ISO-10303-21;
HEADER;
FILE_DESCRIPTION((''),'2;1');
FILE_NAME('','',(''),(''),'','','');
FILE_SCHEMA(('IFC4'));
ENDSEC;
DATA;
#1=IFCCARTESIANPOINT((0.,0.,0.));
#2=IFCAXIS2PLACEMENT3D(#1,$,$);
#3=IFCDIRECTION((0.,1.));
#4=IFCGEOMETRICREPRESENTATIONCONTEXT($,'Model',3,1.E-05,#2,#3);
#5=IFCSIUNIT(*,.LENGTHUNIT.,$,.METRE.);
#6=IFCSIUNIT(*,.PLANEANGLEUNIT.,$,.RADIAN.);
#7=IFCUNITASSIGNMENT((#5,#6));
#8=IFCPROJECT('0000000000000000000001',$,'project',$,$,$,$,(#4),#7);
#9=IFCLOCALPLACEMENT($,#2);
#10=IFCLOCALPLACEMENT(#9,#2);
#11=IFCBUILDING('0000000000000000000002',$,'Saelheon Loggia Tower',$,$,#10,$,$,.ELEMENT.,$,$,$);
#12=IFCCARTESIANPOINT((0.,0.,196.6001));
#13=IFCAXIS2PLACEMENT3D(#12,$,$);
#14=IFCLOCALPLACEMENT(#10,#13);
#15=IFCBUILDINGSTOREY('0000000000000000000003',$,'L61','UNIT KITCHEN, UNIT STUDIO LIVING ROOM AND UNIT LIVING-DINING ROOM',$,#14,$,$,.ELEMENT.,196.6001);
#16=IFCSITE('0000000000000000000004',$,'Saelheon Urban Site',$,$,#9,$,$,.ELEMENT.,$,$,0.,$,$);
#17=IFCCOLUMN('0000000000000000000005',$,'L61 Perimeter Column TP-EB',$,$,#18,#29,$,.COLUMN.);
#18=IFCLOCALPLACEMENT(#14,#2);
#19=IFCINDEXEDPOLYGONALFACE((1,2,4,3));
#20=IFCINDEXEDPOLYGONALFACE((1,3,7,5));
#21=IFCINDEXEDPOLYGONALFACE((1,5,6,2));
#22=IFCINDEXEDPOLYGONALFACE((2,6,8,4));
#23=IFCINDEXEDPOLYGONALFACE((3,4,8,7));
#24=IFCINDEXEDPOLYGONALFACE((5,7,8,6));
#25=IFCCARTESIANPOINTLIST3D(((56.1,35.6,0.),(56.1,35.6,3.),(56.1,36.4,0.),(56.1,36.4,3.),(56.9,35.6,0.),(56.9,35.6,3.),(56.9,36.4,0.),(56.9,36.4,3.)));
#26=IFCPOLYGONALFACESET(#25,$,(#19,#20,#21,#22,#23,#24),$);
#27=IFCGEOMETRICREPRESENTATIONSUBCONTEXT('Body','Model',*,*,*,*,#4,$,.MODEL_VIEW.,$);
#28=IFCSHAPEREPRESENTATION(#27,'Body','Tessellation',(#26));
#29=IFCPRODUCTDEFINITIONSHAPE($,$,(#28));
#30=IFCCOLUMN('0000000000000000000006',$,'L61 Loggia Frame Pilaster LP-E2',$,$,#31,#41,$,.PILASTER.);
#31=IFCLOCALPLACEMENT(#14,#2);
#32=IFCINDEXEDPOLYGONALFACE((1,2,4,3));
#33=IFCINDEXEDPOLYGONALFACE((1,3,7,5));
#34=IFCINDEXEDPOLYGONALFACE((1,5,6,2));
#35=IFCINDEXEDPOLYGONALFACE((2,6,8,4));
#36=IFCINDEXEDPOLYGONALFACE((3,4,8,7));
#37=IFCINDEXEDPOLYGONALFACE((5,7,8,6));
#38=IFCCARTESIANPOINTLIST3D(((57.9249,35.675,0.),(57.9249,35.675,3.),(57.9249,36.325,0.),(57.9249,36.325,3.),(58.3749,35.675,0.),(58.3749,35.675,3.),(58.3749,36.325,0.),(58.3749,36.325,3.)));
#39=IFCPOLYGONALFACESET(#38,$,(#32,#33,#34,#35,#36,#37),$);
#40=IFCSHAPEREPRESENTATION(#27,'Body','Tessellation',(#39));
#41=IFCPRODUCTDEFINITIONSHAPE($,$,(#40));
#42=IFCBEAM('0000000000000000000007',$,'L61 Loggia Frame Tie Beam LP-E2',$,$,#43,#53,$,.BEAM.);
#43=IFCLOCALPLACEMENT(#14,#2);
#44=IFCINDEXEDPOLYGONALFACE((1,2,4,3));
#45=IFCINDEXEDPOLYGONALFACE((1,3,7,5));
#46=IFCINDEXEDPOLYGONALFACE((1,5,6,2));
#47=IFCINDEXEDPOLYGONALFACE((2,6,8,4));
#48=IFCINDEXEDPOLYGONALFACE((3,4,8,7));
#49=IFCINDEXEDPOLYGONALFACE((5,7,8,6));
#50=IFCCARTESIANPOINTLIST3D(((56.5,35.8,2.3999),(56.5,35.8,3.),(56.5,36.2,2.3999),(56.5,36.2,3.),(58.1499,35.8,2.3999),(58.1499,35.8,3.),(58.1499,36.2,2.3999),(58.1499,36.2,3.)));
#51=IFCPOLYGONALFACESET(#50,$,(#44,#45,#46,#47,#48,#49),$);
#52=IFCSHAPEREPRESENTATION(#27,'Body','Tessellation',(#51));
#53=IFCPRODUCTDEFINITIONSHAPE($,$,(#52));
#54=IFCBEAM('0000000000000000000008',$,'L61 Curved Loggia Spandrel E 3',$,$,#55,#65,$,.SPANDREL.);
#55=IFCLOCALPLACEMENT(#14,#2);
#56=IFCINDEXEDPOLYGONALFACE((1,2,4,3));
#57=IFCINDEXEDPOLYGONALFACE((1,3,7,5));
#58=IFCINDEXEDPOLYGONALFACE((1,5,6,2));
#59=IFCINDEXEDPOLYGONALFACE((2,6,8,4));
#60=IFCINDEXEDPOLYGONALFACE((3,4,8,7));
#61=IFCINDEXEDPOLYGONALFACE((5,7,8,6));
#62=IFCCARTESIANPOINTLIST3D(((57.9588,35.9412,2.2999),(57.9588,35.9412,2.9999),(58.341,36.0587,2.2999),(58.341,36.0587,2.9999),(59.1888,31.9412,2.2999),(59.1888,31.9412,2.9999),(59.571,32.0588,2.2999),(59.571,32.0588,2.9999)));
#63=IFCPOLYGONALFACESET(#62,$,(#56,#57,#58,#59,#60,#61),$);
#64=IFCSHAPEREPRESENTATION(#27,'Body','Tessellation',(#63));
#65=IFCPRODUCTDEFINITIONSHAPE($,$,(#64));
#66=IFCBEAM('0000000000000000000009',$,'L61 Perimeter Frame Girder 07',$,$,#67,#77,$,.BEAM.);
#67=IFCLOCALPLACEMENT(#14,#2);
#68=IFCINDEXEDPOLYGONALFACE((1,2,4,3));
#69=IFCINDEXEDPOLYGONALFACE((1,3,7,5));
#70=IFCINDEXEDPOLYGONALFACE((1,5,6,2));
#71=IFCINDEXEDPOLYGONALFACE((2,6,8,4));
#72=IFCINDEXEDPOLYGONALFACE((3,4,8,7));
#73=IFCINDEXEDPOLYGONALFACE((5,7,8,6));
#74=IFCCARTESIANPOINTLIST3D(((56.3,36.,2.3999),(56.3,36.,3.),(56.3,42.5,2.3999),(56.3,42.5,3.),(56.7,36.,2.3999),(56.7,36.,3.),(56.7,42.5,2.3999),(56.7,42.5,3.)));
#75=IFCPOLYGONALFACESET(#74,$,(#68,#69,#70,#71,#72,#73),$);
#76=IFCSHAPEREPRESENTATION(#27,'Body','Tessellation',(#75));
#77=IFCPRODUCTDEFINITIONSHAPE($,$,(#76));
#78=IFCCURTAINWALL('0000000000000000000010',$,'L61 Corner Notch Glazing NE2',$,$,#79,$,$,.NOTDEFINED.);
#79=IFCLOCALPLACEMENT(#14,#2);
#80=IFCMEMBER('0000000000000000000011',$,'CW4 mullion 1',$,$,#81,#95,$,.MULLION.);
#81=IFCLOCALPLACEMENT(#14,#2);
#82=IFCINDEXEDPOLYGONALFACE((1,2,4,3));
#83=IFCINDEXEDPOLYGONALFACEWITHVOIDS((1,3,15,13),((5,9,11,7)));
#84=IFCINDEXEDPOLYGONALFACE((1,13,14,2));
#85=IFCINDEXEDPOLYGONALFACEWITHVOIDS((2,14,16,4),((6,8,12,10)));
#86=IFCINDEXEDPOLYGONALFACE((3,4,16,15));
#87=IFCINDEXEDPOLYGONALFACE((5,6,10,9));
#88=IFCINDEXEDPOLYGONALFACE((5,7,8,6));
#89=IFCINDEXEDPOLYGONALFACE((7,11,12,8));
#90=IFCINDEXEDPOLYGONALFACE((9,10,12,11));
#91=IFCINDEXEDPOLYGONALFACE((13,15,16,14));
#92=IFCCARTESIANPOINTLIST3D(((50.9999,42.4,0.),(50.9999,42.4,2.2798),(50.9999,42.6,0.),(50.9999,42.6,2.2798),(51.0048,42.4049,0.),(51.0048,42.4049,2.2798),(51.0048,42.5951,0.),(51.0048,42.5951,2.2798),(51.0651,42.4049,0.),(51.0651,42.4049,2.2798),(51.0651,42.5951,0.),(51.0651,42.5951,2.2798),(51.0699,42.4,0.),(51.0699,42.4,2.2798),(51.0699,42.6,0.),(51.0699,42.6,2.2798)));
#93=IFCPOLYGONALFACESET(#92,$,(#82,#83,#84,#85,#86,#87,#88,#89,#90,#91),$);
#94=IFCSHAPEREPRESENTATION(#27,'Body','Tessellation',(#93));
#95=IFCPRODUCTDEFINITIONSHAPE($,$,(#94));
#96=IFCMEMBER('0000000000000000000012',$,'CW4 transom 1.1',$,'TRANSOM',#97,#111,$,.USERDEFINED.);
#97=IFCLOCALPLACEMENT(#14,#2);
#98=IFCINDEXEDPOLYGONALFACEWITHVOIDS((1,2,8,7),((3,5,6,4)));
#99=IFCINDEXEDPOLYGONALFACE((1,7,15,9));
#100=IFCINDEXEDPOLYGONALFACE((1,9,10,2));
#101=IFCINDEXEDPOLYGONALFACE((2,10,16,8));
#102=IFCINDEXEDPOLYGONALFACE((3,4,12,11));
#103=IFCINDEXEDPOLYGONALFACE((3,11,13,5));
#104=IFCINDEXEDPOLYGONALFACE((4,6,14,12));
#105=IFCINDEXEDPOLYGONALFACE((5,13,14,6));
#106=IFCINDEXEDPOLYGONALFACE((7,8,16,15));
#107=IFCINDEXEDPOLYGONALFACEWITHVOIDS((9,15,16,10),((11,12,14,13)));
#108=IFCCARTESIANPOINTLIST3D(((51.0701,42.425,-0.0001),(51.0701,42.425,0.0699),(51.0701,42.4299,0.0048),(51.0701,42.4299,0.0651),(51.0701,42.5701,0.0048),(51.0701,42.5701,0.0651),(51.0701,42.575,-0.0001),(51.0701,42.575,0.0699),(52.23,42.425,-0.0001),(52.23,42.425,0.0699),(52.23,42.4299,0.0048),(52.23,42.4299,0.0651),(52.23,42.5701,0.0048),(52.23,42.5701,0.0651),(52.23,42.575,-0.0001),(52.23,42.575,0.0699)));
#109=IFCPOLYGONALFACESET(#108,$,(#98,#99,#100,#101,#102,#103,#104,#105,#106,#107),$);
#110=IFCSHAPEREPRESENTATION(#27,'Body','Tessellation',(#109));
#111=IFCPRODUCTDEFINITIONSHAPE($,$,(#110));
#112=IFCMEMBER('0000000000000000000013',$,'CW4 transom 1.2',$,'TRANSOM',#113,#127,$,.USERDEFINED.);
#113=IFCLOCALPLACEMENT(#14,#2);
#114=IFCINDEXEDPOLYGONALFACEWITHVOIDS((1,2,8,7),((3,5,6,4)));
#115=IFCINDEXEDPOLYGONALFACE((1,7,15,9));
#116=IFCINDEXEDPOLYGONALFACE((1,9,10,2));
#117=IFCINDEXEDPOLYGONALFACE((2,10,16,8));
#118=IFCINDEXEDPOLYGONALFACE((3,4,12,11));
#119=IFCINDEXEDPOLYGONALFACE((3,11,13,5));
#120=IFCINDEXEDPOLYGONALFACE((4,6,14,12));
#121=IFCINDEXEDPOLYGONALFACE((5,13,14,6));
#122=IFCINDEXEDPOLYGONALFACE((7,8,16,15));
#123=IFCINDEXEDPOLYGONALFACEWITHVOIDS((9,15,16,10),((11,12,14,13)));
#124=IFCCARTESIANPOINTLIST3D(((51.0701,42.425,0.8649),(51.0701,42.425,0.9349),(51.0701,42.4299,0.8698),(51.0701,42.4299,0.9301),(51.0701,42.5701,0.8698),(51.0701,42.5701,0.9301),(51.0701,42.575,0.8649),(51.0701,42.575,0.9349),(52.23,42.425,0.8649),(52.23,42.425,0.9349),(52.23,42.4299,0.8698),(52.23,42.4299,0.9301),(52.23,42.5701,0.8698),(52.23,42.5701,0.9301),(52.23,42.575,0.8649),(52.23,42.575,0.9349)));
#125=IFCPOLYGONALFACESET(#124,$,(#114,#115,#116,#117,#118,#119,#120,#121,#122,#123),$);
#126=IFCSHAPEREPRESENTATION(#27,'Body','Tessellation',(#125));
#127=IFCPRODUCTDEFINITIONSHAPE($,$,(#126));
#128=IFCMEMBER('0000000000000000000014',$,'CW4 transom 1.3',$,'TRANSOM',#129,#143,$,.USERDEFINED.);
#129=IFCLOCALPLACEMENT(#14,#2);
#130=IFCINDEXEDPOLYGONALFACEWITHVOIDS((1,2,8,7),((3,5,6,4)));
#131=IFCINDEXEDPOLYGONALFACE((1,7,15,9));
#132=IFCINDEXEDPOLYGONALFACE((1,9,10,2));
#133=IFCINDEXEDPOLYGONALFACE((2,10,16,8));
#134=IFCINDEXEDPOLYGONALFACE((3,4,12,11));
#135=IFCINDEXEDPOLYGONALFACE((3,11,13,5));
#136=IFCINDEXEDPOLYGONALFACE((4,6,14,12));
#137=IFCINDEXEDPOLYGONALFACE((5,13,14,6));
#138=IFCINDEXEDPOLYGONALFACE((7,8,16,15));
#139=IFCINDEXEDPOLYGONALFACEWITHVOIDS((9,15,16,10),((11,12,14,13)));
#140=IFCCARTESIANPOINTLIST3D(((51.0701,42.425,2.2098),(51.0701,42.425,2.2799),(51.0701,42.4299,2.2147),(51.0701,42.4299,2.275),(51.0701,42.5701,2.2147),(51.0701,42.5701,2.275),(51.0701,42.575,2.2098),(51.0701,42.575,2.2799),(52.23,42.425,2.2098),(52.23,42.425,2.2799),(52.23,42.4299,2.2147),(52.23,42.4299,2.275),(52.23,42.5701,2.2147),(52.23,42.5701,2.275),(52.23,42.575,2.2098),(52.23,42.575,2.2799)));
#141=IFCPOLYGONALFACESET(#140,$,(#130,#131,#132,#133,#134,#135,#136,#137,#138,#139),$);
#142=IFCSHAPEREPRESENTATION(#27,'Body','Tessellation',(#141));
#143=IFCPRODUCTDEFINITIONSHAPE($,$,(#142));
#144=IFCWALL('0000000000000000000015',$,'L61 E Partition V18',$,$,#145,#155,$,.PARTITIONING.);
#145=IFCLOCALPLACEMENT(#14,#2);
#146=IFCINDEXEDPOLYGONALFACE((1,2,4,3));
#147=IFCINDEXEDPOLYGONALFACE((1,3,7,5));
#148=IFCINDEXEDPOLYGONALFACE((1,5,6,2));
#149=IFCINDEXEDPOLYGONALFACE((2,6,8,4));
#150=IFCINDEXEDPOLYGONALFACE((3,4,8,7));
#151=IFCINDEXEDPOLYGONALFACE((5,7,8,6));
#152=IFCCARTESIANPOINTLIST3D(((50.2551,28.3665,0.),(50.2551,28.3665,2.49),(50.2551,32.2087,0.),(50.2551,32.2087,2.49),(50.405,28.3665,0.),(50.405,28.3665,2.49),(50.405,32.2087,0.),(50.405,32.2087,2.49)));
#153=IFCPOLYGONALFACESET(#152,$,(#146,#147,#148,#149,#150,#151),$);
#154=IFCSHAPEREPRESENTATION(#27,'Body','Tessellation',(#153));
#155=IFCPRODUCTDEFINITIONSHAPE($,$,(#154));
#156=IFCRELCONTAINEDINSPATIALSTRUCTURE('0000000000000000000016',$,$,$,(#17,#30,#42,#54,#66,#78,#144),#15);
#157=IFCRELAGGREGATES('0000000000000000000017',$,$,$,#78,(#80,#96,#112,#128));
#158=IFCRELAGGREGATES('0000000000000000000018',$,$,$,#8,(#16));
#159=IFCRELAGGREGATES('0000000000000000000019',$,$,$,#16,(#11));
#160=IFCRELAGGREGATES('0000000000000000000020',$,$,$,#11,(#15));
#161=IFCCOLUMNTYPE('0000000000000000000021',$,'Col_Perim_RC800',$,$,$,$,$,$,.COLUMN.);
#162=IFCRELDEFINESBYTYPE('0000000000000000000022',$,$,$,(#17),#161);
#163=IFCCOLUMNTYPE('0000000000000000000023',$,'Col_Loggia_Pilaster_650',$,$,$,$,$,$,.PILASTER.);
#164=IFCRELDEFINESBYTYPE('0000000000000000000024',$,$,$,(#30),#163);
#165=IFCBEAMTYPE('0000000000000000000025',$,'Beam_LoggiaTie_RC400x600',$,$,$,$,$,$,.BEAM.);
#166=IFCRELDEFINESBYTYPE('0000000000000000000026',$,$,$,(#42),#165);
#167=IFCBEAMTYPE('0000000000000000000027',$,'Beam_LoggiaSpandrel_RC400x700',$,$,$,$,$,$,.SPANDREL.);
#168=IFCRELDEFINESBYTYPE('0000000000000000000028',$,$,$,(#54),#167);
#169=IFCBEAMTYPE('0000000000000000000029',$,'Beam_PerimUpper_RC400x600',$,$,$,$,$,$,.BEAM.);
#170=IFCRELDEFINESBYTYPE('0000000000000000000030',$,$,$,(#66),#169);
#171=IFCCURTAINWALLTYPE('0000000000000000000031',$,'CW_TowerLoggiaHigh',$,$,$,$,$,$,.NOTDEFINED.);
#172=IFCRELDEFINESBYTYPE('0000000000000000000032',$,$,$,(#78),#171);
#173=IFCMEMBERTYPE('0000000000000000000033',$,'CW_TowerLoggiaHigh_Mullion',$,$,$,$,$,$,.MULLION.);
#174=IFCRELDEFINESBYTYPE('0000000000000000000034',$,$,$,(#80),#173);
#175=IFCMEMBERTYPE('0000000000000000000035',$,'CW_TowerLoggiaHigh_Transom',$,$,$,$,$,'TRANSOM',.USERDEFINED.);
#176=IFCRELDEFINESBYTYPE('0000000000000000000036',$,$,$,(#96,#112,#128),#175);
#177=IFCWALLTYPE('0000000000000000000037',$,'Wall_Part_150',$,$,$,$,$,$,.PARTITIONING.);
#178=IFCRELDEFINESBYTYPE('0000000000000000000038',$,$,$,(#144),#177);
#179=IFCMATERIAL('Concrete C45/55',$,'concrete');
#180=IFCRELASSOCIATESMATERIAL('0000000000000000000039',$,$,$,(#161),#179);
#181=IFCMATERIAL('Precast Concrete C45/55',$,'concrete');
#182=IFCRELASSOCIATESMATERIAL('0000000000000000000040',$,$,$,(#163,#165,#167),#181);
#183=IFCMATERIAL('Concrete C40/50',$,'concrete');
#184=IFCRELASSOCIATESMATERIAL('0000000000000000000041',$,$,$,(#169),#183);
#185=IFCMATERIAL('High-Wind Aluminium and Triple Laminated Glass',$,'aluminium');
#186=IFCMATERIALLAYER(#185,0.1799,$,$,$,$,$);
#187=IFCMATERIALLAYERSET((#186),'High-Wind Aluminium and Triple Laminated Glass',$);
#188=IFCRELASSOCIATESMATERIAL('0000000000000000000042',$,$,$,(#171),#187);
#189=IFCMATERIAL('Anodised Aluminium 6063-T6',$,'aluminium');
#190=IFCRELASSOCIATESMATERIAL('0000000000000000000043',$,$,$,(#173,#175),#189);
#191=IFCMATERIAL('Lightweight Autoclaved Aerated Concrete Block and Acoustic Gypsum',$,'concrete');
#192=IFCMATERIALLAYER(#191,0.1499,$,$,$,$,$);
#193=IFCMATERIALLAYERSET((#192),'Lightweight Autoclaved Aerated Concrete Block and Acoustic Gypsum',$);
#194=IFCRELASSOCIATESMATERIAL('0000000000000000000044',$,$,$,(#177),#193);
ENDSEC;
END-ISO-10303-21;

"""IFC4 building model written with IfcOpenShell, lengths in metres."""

from ifc_helpers import new_model, si_unit, direction, frame, frame_2d, origin, origin_2d, place, context, subcontext, project, spatial, rectangle, hollow_rectangle, extrude, source, transform, mapped, material, layer, layer_set, material_profile, profile_set, type_object, element, aggregate, save


model = new_model("IFC4")

# Units and contexts
model_context = context("Model", 3, precision=1e-05, world=origin(), true_north=direction((0.0, 1.0)))
body_context = subcontext(model_context, "Body", "Model", "MODEL_VIEW")
ifc_project = project(units=[si_unit("LENGTHUNIT", "METRE"), si_unit("PLANEANGLEUNIT", "RADIAN")], contexts=[model_context])

# Site, building, storey
site_placement = place(None, origin())
site = spatial("IfcSite", under=ifc_project, at=site_placement, Name="Saelheon Urban Site", CompositionType="ELEMENT", RefElevation=0.0)
building_placement = place(site_placement, origin())
building = spatial("IfcBuilding", under=site, at=building_placement, Name="Saelheon Loggia Tower", CompositionType="ELEMENT")
storey_placement = place(building_placement, frame((0.0, 0.0, 196.6001)))
storey = spatial("IfcBuildingStorey", under=building, at=storey_placement, Name="L61", Description="UNIT KITCHEN, UNIT STUDIO LIVING ROOM AND UNIT LIVING-DINING ROOM", CompositionType="ELEMENT", Elevation=196.6001)

# Columns
ifc_material_1 = material(Name="Concrete C45/55", Category="concrete")
ifc_material_profile_1 = material_profile(ifc_material_1, rectangle(XDim=0.8, YDim=0.8, at=origin_2d()), Name="RC-800x800")
ifc_profile_set_1 = profile_set([ifc_material_profile_1], Name="Concrete C45/55")
column_type_1 = type_object("IfcColumnType", Name="Col_Perim_RC800", PredefinedType="COLUMN", material=ifc_profile_set_1)
shared_shape_1 = source(origin(), body_context, "Body", "SweptSolid", [
    extrude(rectangle(XDim=0.8, YDim=0.8, at=origin_2d()), origin(), (0.0, 0.0, 1.0), 3.0),
])
column_1_placement = place(storey_placement, frame((56.5, 36.0, 0.0), z_axis=(0.0, 0.0, 1.0), x_axis=(1.0, 0.0, 0.0)))
element("IfcColumn", 1, at=column_1_placement, inside=storey, type_object=column_type_1, Name="L61 Perimeter Column TP-EB", PredefinedType="COLUMN", context=body_context, shape_type="MappedRepresentation", body=[
    mapped(shared_shape_1, transform((0.0, 0.0, 0.0), scale=1.0)),
])
ifc_material_2 = material(Name="Precast Concrete C45/55", Category="concrete")
ifc_material_profile_2 = material_profile(ifc_material_2, rectangle(XDim=0.45, YDim=0.6499, at=origin_2d()), Name="RC-450x650")
ifc_profile_set_2 = profile_set([ifc_material_profile_2], Name="Precast Concrete C45/55")
column_type_2 = type_object("IfcColumnType", Name="Col_Loggia_Pilaster_650", PredefinedType="PILASTER", material=ifc_profile_set_2)
shared_shape_2 = source(origin(), body_context, "Body", "SweptSolid", [
    extrude(rectangle(XDim=0.45, YDim=0.6499, at=origin_2d()), origin(), (0.0, 0.0, 1.0), 3.0),
])
column_2_placement = place(storey_placement, frame((58.1499, 36.0, 0.0), z_axis=(0.0, 0.0, 1.0), x_axis=(1.0, 0.0, 0.0)))
element("IfcColumn", 2, at=column_2_placement, inside=storey, type_object=column_type_2, Name="L61 Loggia Frame Pilaster LP-E2", PredefinedType="PILASTER", context=body_context, shape_type="MappedRepresentation", body=[
    mapped(shared_shape_2, transform((0.0, 0.0, 0.0), scale=1.0)),
])

# Beams
ifc_material_profile_3 = material_profile(ifc_material_2, rectangle(XDim=0.3999, YDim=0.6001, at=origin_2d()), Name="RC-400x600")
ifc_profile_set_3 = profile_set([ifc_material_profile_3], Name="Precast Concrete C45/55")
beam_type_1 = type_object("IfcBeamType", Name="Beam_LoggiaTie_RC400x600", PredefinedType="BEAM", material=ifc_profile_set_3)
shared_shape_3 = source(origin(), body_context, "Body", "SweptSolid", [
    extrude(rectangle(XDim=0.3999, YDim=0.6001, at=origin_2d()), origin(), (0.0, 0.0, 1.0), 1.6499),
])
beam_1_placement = place(storey_placement, frame((56.5, 36.0, 2.7), z_axis=(1.0, 0.0, 0.0), x_axis=(0.0, 1.0, 0.0)))
element("IfcBeam", 3, at=beam_1_placement, inside=storey, type_object=beam_type_1, Name="L61 Loggia Frame Tie Beam LP-E2", PredefinedType="BEAM", context=body_context, shape_type="MappedRepresentation", body=[
    mapped(shared_shape_3, transform((0.0, 0.0, 0.0), scale=1.0)),
])
ifc_material_profile_4 = material_profile(ifc_material_2, rectangle(XDim=0.3999, YDim=0.7, at=origin_2d()), Name="RC-400x700")
ifc_profile_set_4 = profile_set([ifc_material_profile_4], Name="Precast Concrete C45/55")
beam_type_2 = type_object("IfcBeamType", Name="Beam_LoggiaSpandrel_RC400x700", PredefinedType="SPANDREL", material=ifc_profile_set_4)
shared_shape_4 = source(origin(), body_context, "Body", "SweptSolid", [
    extrude(rectangle(XDim=0.3999, YDim=0.7, at=origin_2d()), origin(), (0.0, 0.0, 1.0), 4.1848),
])
beam_2_placement = place(storey_placement, frame((59.3799, 32.0, 2.6499), z_axis=(-0.293914, 0.955832, 0.0), x_axis=(-0.955832, -0.293914, 0.0)))
element("IfcBeam", 4, at=beam_2_placement, inside=storey, type_object=beam_type_2, Name="L61 Curved Loggia Spandrel E 3", PredefinedType="SPANDREL", context=body_context, shape_type="MappedRepresentation", body=[
    mapped(shared_shape_4, transform((0.0, 0.0, 0.0), scale=1.0)),
])
ifc_material_3 = material(Name="Concrete C40/50", Category="concrete")
ifc_material_profile_5 = material_profile(ifc_material_3, rectangle(XDim=0.3999, YDim=0.6001, at=origin_2d()), Name="RC-400x600")
ifc_profile_set_5 = profile_set([ifc_material_profile_5], Name="Concrete C40/50")
beam_type_3 = type_object("IfcBeamType", Name="Beam_PerimUpper_RC400x600", PredefinedType="BEAM", material=ifc_profile_set_5)
shared_shape_5 = source(origin(), body_context, "Body", "SweptSolid", [
    extrude(rectangle(XDim=0.3999, YDim=0.6001, at=origin_2d()), origin(), (0.0, 0.0, 1.0), 6.5),
])
beam_3_placement = place(storey_placement, frame((56.5, 36.0, 2.7), z_axis=(0.0, 1.0, 0.0), x_axis=(-1.0, 0.0, 0.0)))
element("IfcBeam", 5, at=beam_3_placement, inside=storey, type_object=beam_type_3, Name="L61 Perimeter Frame Girder 07", PredefinedType="BEAM", context=body_context, shape_type="MappedRepresentation", body=[
    mapped(shared_shape_5, transform((0.0, 0.0, 0.0), scale=1.0)),
])

# Curtain wall, members
ifc_material_4 = material(Name="High-Wind Aluminium and Triple Laminated Glass", Category="aluminium")
ifc_layer_1 = layer(ifc_material_4, 0.1799)
ifc_layer_set_1 = layer_set([ifc_layer_1], Name="High-Wind Aluminium and Triple Laminated Glass")
curtain_wall_type = type_object("IfcCurtainWallType", Name="CW_TowerLoggiaHigh", PredefinedType="NOTDEFINED", material=ifc_layer_set_1)
curtain_wall_placement = place(storey_placement, origin())
curtain_wall = element("IfcCurtainWall", 6, at=curtain_wall_placement, inside=storey, type_object=curtain_wall_type, Name="L61 Corner Notch Glazing NE2", PredefinedType="NOTDEFINED")
ifc_material_5 = material(Name="Anodised Aluminium 6063-T6", Category="aluminium")
ifc_material_profile_6 = material_profile(ifc_material_5, hollow_rectangle(XDim=0.0701, YDim=0.2, WallThickness=0.0049, at=origin_2d()), Name="RHS-200x70x5")
ifc_profile_set_6 = profile_set([ifc_material_profile_6], Name="Anodised Aluminium 6063-T6")
member_type_1 = type_object("IfcMemberType", Name="CW_TowerLoggiaHigh_Mullion", PredefinedType="MULLION", material=ifc_profile_set_6)
shared_shape_6 = source(origin(), body_context, "Body", "SweptSolid", [
    extrude(hollow_rectangle(XDim=0.0701, YDim=0.2, WallThickness=0.0049, at=origin_2d()), origin(), (0.0, 0.0, 1.0), 2.2798),
])
member_1_placement = place(storey_placement, frame((51.0349, 42.5, 0.0), z_axis=(0.0, 0.0, 1.0), x_axis=(1.0, 0.0, 0.0)))
member_1 = element("IfcMember", 7, at=member_1_placement, type_object=member_type_1, Name="CW4 mullion 1", PredefinedType="MULLION", context=body_context, shape_type="MappedRepresentation", body=[
    mapped(shared_shape_6, transform((0.0, 0.0, 0.0), scale=1.0)),
])
ifc_material_profile_7 = material_profile(ifc_material_5, hollow_rectangle(XDim=0.0701, YDim=0.1499, WallThickness=0.0049, at=origin_2d()), Name="RHS-150x70x5")
ifc_profile_set_7 = profile_set([ifc_material_profile_7], Name="Anodised Aluminium 6063-T6")
member_type_2 = type_object("IfcMemberType", Name="CW_TowerLoggiaHigh_Transom", ElementType="TRANSOM", PredefinedType="USERDEFINED", material=ifc_profile_set_7)
shared_shape_7 = source(origin(), body_context, "Body", "SweptSolid", [
    extrude(hollow_rectangle(XDim=0.0701, YDim=0.1499, WallThickness=0.0049, at=origin_2d()), origin(), (0.0, 0.0, 1.0), 1.1599),
])
member_2_placement = place(storey_placement, frame((51.0701, 42.5, 0.0349), z_axis=(1.0, 0.0, 0.0), x_axis=(0.0, 0.0, 1.0)))
member_2 = element("IfcMember", 8, at=member_2_placement, type_object=member_type_2, Name="CW4 transom 1.1", ObjectType="TRANSOM", PredefinedType="USERDEFINED", context=body_context, shape_type="MappedRepresentation", body=[
    mapped(shared_shape_7, transform((0.0, 0.0, 0.0), scale=1.0)),
])
member_3_placement = place(storey_placement, frame((51.0701, 42.5, 0.8999), z_axis=(1.0, 0.0, 0.0), x_axis=(0.0, 0.0, 1.0)))
member_3 = element("IfcMember", 9, at=member_3_placement, type_object=member_type_2, Name="CW4 transom 1.2", ObjectType="TRANSOM", PredefinedType="USERDEFINED", context=body_context, shape_type="MappedRepresentation", body=[
    mapped(shared_shape_7, transform((0.0, 0.0, 0.0), scale=1.0)),
])
member_4_placement = place(storey_placement, frame((51.0701, 42.5, 2.2449), z_axis=(1.0, 0.0, 0.0), x_axis=(0.0, 0.0, 1.0)))
member_4 = element("IfcMember", 10, at=member_4_placement, type_object=member_type_2, Name="CW4 transom 1.3", ObjectType="TRANSOM", PredefinedType="USERDEFINED", context=body_context, shape_type="MappedRepresentation", body=[
    mapped(shared_shape_7, transform((0.0, 0.0, 0.0), scale=1.0)),
])
aggregate(curtain_wall, [member_1, member_2, member_3, member_4])

# Wall
ifc_material_6 = material(Name="Lightweight Autoclaved Aerated Concrete Block and Acoustic Gypsum", Category="concrete")
ifc_layer_2 = layer(ifc_material_6, 0.1499)
ifc_layer_set_2 = layer_set([ifc_layer_2], Name="Lightweight Autoclaved Aerated Concrete Block and Acoustic Gypsum")
wall_type = type_object("IfcWallType", Name="Wall_Part_150", PredefinedType="PARTITIONING", material=ifc_layer_set_2)
wall_1_placement = place(storey_placement, frame((50.3301, 28.3665, 0.0), z_axis=(0.0, 0.0, 1.0), x_axis=(0.0, 1.0, 0.0)))
element("IfcWall", 11, at=wall_1_placement, inside=storey, type_object=wall_type, Name="L61 E Partition V18", PredefinedType="PARTITIONING", context=body_context, shape_type="SweptSolid", body=[
    extrude(rectangle(XDim=3.8423, YDim=0.1499, at=frame_2d((1.9211, 0.0))), origin(), (0.0, 0.0, 1.0), 2.49),
])

save(model, "model.ifc")
